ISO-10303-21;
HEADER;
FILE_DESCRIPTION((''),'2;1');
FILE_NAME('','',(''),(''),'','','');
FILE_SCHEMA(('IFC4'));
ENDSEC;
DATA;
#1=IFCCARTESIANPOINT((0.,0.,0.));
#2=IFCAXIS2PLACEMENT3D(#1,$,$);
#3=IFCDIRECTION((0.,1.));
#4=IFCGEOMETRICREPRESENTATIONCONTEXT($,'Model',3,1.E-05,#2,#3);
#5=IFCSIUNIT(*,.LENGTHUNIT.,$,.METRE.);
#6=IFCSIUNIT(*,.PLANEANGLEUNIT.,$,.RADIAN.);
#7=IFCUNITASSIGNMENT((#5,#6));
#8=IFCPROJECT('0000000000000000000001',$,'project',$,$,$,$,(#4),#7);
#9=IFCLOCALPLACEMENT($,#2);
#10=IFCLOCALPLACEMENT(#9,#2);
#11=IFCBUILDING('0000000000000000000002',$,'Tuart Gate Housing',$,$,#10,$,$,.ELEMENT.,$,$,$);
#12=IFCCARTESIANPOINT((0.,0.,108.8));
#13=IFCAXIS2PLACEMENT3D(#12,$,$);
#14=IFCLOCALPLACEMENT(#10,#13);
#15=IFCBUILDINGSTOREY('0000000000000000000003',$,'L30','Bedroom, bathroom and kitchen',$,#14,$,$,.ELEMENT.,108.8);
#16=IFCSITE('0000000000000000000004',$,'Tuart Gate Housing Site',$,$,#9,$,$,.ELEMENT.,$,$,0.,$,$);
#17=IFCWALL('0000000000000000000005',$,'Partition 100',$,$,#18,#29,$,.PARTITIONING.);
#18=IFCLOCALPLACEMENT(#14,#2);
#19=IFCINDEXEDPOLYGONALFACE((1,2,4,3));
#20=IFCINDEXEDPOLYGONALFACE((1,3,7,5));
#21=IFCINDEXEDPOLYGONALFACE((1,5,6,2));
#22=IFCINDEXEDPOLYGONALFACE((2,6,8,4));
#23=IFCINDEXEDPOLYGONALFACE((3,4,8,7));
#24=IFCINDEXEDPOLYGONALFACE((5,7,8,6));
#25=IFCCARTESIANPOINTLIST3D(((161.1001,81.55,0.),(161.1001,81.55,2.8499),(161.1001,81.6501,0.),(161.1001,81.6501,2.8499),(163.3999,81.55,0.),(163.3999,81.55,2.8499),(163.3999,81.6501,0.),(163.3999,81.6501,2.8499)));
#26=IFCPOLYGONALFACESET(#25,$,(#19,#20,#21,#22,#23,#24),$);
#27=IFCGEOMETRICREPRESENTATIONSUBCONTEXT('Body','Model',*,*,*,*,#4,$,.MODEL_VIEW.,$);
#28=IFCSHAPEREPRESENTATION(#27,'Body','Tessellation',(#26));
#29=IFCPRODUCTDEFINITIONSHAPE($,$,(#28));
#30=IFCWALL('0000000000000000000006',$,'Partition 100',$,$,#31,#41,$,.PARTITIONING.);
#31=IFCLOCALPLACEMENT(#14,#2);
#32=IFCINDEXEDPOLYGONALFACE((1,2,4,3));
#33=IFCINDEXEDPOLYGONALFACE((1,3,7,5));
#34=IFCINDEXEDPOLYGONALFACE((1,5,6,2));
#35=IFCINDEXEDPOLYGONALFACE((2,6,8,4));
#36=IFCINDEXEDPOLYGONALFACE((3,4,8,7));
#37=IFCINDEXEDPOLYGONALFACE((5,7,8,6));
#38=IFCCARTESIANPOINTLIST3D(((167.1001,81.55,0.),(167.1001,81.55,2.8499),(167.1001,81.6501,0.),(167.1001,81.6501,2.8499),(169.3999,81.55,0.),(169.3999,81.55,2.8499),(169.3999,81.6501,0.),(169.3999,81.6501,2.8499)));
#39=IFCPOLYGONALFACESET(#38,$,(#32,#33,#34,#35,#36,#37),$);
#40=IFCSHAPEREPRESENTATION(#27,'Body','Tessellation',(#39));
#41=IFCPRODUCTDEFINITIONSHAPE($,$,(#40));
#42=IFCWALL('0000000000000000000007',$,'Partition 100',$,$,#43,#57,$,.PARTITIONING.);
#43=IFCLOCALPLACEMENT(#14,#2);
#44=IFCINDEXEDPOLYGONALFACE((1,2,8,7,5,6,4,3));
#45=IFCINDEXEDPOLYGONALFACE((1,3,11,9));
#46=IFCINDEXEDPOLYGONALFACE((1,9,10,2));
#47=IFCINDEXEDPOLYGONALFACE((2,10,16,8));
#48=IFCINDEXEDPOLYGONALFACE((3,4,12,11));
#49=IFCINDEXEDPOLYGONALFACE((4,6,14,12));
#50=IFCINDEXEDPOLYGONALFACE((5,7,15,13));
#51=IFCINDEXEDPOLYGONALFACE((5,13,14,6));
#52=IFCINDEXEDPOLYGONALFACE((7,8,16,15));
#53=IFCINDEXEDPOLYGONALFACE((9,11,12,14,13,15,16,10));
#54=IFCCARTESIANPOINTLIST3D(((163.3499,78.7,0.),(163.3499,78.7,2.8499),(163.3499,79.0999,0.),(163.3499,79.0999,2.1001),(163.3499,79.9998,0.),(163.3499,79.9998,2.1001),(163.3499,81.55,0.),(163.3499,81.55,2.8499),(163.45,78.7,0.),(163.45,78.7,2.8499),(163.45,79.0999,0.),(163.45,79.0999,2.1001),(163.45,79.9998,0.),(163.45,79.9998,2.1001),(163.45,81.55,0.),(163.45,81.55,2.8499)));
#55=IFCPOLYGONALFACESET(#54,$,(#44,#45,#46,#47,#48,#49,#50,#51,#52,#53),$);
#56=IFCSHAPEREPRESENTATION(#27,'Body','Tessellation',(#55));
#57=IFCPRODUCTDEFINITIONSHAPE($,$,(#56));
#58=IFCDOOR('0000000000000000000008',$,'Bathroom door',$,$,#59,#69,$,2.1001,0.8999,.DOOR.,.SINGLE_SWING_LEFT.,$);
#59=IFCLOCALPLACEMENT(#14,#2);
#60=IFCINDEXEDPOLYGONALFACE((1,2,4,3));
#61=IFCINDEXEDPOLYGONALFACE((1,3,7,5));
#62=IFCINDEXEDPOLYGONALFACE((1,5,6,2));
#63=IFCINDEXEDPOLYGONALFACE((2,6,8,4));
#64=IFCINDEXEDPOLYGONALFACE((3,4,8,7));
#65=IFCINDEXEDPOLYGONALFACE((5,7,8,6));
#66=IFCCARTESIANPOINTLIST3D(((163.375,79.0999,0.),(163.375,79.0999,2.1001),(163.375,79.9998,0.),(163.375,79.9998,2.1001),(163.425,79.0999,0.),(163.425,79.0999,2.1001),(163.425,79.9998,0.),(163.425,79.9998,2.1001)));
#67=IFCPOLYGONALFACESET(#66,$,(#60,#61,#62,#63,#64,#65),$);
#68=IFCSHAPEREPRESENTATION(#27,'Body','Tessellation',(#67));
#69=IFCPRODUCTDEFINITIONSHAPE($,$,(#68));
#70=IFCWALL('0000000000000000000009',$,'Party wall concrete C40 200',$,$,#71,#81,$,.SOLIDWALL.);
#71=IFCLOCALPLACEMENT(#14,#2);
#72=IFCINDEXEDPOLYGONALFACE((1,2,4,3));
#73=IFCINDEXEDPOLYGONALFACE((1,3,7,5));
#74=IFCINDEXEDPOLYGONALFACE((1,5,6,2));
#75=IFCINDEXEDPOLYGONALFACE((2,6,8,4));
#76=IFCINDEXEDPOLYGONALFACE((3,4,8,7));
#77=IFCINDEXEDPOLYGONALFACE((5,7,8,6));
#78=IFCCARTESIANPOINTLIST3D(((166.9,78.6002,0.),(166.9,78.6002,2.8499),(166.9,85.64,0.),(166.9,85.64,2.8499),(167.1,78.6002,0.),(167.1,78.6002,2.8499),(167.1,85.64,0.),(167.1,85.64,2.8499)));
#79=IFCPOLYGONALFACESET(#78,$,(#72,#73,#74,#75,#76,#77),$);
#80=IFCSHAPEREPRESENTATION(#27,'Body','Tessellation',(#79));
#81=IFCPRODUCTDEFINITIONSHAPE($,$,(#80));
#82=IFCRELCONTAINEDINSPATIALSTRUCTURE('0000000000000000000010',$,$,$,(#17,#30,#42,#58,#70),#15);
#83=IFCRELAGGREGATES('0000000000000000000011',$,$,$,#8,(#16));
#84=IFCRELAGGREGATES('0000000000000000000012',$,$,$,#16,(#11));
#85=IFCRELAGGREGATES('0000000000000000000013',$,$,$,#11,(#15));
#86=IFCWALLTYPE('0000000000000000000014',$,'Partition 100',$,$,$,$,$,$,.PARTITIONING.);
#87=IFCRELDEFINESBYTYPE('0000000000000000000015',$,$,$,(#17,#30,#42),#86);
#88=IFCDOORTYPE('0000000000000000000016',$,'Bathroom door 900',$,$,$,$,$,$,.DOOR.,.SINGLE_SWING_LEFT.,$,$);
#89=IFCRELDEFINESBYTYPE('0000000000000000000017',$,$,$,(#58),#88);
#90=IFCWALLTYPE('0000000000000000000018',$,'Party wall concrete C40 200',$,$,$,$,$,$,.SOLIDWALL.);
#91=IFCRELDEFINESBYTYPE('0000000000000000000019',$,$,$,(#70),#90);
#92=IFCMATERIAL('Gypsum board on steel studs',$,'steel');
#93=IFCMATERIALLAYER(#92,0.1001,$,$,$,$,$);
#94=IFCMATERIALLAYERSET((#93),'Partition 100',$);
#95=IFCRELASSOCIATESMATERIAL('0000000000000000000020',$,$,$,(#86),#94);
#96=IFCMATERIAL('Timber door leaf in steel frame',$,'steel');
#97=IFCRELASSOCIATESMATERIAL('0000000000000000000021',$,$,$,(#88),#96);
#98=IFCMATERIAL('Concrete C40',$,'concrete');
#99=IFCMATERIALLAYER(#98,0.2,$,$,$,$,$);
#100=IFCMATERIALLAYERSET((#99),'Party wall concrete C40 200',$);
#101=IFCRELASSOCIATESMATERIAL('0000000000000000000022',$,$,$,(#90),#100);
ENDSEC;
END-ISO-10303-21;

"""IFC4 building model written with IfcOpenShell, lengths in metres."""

from ifc_helpers import new_model, si_unit, direction, frame, frame_2d, origin, place, context, subcontext, project, spatial, rectangle, extrude, material, layer, layer_set, type_object, element, fill, save


model = new_model("IFC4")

# Units and contexts
model_context = context("Model", 3, precision=1e-05, world=origin(), true_north=direction((0.0, 1.0)))
body_context = subcontext(model_context, "Body", "Model", "MODEL_VIEW")
ifc_project = project(units=[si_unit("LENGTHUNIT", "METRE"), si_unit("PLANEANGLEUNIT", "RADIAN")], contexts=[model_context])

# Site, building, storey
site_placement = place(None, origin())
site = spatial("IfcSite", under=ifc_project, at=site_placement, Name="Tuart Gate Housing Site", CompositionType="ELEMENT", RefElevation=0.0)
building_placement = place(site_placement, origin())
building = spatial("IfcBuilding", under=site, at=building_placement, Name="Tuart Gate Housing", CompositionType="ELEMENT")
storey_placement = place(building_placement, frame((0.0, 0.0, 108.8)))
storey = spatial("IfcBuildingStorey", under=building, at=storey_placement, Name="L30", Description="Bedroom, bathroom and kitchen", CompositionType="ELEMENT", Elevation=108.8)

# Walls
ifc_material_1 = material(Name="Gypsum board on steel studs", Category="steel")
ifc_layer_1 = layer(ifc_material_1, 0.1001)
ifc_layer_set_1 = layer_set([ifc_layer_1], Name="Partition 100")
wall_type_1 = type_object("IfcWallType", Name="Partition 100", PredefinedType="PARTITIONING", material=ifc_layer_set_1)
for number, where, z_axis, x_axis, name in (
    (1, (161.1001, 81.6001, 0.0), (0.0, 0.0, 1.0), (1.0, 0.0, 0.0), "Partition 100"),
    (2, (167.1001, 81.6001, 0.0), (0.0, 0.0, 1.0), (1.0, 0.0, 0.0), "Partition 100"),
):
    element("IfcWall", number, at=place(storey_placement, frame(where, z_axis=z_axis, x_axis=x_axis)), inside=storey, type_object=wall_type_1, Name=name, PredefinedType="PARTITIONING", context=body_context, shape_type="SweptSolid", body=[
        extrude(rectangle(XDim=2.2998, YDim=0.1001, at=frame_2d((1.1499, 0.0))), origin(), (0.0, 0.0, 1.0), 2.8499),
    ])

# Wall, opening, door
wall_1_placement = place(storey_placement, frame((163.3999, 78.7, 0.0), z_axis=(0.0, 0.0, 1.0), x_axis=(0.0, 1.0, 0.0)))
wall_1 = element("IfcWall", 3, at=wall_1_placement, inside=storey, type_object=wall_type_1, Name="Partition 100", PredefinedType="PARTITIONING", context=body_context, shape_type="SweptSolid", body=[
    extrude(rectangle(XDim=2.8501, YDim=0.1001, at=frame_2d((1.425, 0.0))), origin(), (0.0, 0.0, 1.0), 2.8499),
])
opening_placement = place(wall_1_placement, frame((0.3999, 0.0, 0.0)))
opening = element("IfcOpeningElement", 4, at=opening_placement, cuts=wall_1, PredefinedType="OPENING", context=body_context, shape_type="SweptSolid", body=[
    extrude(rectangle(XDim=0.8999, YDim=2.1001, at=frame_2d((0.45, 1.05))), frame((0.0, 0.0601, 0.0), z_axis=(0.0, -1.0, 0.0), x_axis=(1.0, 0.0, 0.0)), (0.0, 0.0, 1.0), 0.1201),
])
ifc_material_2 = material(Name="Timber door leaf in steel frame", Category="steel")
door_type = type_object("IfcDoorType", Name="Bathroom door 900", OperationType="SINGLE_SWING_LEFT", PredefinedType="DOOR", material=ifc_material_2)
door_placement = place(opening_placement, origin())
door = element("IfcDoor", 5, at=door_placement, inside=storey, type_object=door_type, Name="Bathroom door", OperationType="SINGLE_SWING_LEFT", OverallHeight=2.1001, OverallWidth=0.8999, PredefinedType="DOOR", context=body_context, shape_type="SweptSolid", body=[
    extrude(rectangle(XDim=0.8999, YDim=2.1001, at=frame_2d((0.45, 1.05))), frame((0.0, 0.0249, 0.0), z_axis=(0.0, -1.0, 0.0), x_axis=(1.0, 0.0, 0.0)), (0.0, 0.0, 1.0), 0.05),
])
fill(opening, door)

# Wall
ifc_material_3 = material(Name="Concrete C40", Category="concrete")
ifc_layer_2 = layer(ifc_material_3, 0.2)
ifc_layer_set_2 = layer_set([ifc_layer_2], Name="Party wall concrete C40 200")
wall_type_2 = type_object("IfcWallType", Name="Party wall concrete C40 200", PredefinedType="SOLIDWALL", material=ifc_layer_set_2)
wall_2_placement = place(storey_placement, frame((167.0, 78.6001, 0.0), z_axis=(0.0, 0.0, 1.0), x_axis=(0.0, 1.0, 0.0)))
element("IfcWall", 6, at=wall_2_placement, inside=storey, type_object=wall_type_2, Name="Party wall concrete C40 200", PredefinedType="SOLIDWALL", context=body_context, shape_type="SweptSolid", body=[
    extrude(rectangle(XDim=7.0398, YDim=0.2, at=frame_2d((3.52, 0.0))), origin(), (0.0, 0.0, 1.0), 2.8499),
])

save(model, "model.ifc")
